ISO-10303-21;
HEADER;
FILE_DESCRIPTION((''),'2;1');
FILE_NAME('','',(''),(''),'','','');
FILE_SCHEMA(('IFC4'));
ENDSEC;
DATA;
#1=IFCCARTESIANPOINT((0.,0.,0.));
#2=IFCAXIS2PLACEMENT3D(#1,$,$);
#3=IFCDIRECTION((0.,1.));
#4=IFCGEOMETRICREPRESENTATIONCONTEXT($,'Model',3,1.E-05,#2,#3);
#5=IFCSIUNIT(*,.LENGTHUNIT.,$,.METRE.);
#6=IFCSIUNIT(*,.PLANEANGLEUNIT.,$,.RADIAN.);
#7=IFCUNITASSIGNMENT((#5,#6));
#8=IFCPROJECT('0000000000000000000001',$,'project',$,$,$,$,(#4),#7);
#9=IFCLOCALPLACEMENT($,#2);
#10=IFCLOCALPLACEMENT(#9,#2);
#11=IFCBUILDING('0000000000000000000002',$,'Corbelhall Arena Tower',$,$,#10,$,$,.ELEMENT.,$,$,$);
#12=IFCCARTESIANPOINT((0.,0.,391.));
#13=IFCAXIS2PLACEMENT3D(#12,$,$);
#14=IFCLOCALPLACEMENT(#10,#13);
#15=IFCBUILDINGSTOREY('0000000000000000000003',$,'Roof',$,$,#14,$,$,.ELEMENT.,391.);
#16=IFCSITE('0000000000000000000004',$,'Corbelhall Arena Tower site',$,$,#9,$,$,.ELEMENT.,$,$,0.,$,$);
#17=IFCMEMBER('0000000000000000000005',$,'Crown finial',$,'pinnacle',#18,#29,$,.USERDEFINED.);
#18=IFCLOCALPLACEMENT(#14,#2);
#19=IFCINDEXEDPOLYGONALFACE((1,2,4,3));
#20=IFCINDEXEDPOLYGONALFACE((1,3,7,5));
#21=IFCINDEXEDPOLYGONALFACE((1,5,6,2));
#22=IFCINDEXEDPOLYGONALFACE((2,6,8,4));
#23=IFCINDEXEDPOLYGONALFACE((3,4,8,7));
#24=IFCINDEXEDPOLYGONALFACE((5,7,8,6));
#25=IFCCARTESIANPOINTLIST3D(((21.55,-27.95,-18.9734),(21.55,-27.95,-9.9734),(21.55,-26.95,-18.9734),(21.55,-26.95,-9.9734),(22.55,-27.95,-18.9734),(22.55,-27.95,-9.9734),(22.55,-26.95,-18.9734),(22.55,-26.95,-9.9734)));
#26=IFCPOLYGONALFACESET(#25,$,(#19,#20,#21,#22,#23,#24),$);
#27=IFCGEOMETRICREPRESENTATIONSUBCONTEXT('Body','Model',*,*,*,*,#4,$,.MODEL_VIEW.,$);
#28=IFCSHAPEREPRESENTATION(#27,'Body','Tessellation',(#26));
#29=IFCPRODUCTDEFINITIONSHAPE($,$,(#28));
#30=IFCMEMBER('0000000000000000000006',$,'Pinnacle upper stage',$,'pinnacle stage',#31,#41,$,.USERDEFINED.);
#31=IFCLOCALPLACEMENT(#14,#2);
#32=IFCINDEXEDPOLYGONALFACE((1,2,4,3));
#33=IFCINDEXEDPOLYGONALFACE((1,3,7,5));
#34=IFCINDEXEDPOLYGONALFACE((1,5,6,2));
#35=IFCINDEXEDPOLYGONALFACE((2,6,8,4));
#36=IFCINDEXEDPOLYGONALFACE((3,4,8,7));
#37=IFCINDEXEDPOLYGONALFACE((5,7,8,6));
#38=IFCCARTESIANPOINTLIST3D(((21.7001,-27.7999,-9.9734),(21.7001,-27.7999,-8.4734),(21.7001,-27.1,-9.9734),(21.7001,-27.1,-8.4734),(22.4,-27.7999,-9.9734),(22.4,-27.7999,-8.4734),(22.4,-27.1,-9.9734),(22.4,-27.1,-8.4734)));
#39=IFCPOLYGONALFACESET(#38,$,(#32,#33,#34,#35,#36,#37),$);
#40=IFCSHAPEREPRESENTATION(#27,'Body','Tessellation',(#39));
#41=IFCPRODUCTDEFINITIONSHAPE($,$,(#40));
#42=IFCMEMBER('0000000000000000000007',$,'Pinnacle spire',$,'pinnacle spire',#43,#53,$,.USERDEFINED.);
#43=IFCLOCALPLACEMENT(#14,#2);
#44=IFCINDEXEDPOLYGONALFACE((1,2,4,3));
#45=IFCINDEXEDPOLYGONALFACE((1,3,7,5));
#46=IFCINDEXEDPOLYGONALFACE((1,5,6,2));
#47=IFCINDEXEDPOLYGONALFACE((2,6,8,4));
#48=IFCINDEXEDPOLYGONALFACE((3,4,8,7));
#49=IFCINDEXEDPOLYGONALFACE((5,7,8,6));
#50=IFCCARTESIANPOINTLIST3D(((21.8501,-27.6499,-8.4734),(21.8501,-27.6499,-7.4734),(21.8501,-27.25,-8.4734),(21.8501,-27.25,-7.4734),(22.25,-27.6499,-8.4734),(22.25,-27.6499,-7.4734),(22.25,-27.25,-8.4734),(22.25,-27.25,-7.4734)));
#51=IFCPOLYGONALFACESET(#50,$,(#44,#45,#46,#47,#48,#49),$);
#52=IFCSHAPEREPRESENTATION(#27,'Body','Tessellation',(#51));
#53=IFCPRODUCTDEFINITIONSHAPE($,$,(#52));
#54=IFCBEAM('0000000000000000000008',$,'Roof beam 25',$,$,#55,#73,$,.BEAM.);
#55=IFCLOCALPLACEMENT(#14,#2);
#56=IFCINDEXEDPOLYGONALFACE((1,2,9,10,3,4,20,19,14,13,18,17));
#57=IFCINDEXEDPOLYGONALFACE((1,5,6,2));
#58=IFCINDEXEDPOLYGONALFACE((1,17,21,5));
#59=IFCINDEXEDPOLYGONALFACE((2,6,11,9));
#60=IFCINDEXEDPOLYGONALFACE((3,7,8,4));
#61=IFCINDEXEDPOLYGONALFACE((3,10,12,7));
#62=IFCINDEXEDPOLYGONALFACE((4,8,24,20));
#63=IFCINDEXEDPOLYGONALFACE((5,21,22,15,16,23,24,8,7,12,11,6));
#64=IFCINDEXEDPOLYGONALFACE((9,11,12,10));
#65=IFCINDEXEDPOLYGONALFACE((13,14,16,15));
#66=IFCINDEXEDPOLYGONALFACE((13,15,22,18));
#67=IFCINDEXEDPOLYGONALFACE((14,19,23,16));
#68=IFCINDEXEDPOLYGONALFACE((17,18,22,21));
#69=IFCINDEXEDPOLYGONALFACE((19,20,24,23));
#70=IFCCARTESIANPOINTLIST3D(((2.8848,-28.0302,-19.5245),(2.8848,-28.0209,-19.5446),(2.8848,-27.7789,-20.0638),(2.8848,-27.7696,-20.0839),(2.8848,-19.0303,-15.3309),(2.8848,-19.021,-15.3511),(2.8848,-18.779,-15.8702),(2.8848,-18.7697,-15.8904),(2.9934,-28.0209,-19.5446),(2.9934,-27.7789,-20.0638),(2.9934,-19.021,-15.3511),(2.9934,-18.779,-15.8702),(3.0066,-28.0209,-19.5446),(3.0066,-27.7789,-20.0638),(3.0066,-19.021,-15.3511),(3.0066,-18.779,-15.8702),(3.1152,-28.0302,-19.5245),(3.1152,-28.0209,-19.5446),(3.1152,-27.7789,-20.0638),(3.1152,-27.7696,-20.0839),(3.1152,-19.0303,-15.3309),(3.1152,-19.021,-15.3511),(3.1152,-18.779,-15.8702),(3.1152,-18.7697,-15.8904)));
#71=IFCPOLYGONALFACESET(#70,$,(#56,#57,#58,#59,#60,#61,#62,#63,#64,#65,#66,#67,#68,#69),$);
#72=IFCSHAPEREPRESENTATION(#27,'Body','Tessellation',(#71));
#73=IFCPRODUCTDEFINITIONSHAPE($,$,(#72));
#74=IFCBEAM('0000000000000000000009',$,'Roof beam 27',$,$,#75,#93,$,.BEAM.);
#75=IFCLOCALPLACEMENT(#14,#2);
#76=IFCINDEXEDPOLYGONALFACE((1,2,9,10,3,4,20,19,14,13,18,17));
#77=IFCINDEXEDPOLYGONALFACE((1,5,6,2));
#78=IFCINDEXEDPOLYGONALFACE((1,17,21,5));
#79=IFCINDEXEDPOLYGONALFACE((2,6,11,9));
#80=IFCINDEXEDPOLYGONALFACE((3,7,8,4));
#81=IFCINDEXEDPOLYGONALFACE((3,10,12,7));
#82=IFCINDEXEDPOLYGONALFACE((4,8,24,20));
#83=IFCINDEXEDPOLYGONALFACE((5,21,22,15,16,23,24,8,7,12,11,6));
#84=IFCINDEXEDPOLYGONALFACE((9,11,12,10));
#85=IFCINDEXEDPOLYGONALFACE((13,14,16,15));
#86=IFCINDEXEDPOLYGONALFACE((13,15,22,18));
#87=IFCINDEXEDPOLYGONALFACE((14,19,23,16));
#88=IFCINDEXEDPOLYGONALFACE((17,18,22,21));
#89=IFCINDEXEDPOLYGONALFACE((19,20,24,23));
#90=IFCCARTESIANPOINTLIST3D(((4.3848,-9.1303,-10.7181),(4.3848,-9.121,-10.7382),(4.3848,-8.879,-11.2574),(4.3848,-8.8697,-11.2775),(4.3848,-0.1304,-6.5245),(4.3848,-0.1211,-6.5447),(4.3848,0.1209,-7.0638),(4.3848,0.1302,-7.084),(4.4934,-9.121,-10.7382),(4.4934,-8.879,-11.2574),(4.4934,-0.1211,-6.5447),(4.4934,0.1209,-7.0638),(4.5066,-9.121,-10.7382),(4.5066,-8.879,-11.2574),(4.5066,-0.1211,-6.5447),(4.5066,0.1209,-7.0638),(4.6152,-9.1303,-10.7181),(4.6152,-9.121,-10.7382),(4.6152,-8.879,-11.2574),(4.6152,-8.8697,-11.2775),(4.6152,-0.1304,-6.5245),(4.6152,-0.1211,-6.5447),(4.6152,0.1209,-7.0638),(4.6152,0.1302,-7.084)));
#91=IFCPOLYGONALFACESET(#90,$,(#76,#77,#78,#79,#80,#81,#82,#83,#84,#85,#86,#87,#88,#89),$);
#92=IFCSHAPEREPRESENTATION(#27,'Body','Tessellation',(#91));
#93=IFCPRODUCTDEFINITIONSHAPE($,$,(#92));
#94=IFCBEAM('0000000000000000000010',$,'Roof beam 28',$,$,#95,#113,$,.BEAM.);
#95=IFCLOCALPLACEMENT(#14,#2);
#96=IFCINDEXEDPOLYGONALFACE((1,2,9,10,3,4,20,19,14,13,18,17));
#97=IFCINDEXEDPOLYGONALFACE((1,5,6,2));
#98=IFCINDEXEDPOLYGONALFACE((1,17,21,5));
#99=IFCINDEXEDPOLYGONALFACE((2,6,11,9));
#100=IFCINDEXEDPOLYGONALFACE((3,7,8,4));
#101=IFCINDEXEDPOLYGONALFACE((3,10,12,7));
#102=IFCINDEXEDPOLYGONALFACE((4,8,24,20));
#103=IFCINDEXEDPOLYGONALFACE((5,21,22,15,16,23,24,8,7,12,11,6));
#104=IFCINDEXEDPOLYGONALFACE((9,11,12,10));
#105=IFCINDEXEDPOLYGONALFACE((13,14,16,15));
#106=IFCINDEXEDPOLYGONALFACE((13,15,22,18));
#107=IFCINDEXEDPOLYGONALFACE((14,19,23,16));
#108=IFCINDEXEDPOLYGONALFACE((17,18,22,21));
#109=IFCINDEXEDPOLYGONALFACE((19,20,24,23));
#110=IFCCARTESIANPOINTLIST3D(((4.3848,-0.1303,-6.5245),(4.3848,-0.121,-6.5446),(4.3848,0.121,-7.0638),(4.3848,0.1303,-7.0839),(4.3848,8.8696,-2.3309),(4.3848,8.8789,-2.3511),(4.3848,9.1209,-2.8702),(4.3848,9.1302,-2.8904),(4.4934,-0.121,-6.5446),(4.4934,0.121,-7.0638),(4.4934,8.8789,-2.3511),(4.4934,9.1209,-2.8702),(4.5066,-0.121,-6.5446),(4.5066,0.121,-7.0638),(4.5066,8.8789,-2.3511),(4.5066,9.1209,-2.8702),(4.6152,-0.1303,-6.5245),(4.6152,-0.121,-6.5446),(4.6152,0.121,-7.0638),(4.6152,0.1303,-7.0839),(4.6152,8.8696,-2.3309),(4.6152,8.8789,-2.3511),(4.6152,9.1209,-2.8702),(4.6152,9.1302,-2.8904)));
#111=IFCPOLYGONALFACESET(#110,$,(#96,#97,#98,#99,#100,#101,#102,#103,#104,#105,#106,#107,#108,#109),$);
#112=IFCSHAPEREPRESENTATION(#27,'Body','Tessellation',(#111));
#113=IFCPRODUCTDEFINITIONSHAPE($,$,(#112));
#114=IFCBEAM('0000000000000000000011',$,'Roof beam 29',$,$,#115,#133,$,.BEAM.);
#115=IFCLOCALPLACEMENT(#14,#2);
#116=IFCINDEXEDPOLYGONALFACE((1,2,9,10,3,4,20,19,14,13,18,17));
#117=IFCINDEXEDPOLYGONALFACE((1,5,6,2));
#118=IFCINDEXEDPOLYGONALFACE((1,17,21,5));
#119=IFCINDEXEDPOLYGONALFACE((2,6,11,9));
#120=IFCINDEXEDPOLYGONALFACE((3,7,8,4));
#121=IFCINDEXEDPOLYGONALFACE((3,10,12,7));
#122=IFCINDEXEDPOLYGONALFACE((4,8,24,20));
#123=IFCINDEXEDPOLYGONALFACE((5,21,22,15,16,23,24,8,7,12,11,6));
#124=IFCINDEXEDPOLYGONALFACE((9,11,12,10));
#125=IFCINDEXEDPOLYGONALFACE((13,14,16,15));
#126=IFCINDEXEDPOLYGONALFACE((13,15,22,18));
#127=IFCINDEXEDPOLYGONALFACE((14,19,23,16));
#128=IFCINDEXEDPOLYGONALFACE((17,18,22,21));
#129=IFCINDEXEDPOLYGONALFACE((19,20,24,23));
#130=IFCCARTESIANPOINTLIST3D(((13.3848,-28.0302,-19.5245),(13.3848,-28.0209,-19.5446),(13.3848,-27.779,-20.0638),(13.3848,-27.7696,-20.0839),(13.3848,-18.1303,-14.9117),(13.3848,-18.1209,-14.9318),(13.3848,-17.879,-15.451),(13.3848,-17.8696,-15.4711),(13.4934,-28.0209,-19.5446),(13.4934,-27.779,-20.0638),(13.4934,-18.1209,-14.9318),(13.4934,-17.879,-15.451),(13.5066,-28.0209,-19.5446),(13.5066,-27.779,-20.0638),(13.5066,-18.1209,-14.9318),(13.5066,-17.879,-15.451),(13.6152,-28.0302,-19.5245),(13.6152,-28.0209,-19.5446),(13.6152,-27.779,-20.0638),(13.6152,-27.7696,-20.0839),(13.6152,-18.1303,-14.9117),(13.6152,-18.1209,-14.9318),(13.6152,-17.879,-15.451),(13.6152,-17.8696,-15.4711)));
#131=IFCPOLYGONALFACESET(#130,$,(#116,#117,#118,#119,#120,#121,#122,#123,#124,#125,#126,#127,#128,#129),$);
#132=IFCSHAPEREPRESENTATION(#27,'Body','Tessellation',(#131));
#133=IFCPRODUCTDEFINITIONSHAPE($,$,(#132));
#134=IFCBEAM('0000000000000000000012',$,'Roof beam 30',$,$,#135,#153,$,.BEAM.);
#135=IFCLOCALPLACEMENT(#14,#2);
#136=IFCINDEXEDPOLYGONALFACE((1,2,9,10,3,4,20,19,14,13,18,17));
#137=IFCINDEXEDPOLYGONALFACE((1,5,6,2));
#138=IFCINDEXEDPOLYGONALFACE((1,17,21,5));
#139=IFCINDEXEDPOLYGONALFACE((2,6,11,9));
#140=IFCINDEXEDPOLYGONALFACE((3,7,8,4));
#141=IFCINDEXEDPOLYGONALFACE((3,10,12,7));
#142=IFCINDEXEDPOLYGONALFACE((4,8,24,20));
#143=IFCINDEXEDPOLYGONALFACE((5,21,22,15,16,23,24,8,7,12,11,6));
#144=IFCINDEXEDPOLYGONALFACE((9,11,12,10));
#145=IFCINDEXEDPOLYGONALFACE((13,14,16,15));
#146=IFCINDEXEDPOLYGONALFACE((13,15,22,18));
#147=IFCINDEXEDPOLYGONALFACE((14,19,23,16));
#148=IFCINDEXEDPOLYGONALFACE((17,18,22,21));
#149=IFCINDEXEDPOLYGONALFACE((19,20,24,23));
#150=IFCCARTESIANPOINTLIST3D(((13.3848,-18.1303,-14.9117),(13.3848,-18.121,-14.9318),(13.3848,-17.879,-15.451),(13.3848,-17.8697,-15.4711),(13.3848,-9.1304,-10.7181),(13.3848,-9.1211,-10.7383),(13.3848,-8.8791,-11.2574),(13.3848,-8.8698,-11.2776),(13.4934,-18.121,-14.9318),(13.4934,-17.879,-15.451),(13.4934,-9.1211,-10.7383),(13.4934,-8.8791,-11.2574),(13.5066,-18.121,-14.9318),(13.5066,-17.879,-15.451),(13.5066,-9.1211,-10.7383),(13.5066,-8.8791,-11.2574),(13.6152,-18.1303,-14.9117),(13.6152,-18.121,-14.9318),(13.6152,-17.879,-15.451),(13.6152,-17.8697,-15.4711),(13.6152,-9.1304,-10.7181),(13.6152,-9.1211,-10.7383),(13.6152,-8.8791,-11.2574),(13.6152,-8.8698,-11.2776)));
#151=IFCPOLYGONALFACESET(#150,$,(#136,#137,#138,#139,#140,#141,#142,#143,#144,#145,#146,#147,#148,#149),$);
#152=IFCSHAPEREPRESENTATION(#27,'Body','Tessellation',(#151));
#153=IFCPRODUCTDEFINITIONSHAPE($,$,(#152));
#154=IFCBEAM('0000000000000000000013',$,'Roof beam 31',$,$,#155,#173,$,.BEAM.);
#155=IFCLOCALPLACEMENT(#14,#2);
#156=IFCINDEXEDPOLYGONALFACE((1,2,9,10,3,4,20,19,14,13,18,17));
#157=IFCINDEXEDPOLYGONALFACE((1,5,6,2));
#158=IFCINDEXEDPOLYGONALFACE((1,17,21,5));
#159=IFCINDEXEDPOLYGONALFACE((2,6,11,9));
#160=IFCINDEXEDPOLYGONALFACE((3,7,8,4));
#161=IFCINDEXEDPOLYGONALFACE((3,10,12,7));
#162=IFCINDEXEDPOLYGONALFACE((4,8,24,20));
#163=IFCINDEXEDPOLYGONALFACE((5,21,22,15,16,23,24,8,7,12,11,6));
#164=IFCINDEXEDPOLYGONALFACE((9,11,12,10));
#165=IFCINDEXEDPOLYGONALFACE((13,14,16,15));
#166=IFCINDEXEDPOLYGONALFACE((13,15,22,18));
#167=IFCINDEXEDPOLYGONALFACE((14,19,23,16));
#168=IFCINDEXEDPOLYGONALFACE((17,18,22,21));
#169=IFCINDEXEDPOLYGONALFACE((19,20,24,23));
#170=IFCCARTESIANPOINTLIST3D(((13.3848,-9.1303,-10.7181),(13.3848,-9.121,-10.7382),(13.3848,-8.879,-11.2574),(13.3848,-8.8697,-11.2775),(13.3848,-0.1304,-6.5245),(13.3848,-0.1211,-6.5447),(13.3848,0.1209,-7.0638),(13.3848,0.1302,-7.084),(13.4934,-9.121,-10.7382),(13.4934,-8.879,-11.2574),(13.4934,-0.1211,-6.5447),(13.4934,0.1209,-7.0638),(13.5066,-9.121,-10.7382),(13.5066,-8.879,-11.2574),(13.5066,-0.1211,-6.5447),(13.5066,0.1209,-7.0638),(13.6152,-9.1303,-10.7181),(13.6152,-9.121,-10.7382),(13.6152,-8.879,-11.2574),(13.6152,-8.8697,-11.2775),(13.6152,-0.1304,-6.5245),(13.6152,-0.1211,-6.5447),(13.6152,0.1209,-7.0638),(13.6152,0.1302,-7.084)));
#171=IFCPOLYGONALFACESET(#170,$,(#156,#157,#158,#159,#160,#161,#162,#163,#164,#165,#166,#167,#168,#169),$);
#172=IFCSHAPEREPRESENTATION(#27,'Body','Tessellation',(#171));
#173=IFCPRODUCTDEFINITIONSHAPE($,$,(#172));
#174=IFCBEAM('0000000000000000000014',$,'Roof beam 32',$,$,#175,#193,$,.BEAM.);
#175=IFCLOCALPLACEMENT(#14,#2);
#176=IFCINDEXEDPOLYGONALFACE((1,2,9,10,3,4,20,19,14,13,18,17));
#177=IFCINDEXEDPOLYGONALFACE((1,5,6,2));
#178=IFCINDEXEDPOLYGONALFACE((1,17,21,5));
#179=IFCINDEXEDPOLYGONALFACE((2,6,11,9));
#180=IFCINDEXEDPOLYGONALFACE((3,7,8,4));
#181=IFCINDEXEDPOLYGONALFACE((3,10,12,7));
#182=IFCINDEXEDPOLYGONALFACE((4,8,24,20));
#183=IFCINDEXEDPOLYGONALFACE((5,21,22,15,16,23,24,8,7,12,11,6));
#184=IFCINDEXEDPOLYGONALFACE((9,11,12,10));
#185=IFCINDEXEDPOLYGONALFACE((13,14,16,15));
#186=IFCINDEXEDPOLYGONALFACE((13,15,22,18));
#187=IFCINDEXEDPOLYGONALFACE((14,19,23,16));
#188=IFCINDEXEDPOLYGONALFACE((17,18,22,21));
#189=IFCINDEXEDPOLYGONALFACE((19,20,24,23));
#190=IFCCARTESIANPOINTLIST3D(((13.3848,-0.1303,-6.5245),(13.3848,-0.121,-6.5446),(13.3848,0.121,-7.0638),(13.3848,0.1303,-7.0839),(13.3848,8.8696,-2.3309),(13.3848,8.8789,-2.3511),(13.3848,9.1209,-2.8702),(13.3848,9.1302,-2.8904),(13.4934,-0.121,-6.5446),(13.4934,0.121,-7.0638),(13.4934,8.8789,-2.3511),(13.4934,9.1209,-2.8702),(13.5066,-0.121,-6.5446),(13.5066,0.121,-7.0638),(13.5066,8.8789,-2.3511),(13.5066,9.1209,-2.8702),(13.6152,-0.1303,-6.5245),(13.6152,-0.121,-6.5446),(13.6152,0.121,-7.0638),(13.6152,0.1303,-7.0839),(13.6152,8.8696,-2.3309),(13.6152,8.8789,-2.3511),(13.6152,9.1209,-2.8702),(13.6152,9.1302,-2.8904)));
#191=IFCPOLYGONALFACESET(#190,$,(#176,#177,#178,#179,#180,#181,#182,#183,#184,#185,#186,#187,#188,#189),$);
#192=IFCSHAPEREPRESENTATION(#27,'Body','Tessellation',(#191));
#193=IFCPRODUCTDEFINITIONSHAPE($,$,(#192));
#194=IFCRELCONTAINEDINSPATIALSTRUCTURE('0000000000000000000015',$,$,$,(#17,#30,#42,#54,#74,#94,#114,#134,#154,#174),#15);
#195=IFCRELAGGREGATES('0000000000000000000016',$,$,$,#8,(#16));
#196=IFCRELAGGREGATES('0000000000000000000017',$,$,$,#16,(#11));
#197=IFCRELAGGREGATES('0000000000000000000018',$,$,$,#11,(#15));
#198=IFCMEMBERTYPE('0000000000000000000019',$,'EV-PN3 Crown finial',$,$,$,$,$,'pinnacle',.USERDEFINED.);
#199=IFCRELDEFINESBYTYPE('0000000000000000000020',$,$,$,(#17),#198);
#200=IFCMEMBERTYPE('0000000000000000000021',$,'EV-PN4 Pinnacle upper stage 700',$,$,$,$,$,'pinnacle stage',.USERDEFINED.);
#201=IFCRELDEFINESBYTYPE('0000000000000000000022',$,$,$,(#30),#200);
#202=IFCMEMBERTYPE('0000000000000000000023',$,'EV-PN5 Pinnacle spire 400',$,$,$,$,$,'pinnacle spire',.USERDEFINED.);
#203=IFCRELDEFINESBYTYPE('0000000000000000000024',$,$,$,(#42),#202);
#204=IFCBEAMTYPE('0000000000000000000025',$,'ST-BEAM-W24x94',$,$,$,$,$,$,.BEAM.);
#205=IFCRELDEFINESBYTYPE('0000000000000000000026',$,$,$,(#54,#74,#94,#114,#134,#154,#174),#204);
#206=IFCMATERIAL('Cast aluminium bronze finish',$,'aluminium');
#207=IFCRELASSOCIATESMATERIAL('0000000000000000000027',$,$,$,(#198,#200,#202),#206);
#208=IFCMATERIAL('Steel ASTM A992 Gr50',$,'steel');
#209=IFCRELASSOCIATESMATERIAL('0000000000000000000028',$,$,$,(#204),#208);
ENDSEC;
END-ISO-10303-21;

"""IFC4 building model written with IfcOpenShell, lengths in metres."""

from ifc_helpers import new_model, si_unit, direction, frame, origin, origin_2d, place, context, subcontext, project, spatial, rectangle, i_section, extrude, material, material_profile, profile_set, type_object, element, save


model = new_model("IFC4")

# Units and contexts
model_context = context("Model", 3, precision=1e-05, world=origin(), true_north=direction((0.0, 1.0)))
body_context = subcontext(model_context, "Body", "Model", "MODEL_VIEW")
ifc_project = project(units=[si_unit("LENGTHUNIT", "METRE"), si_unit("PLANEANGLEUNIT", "RADIAN")], contexts=[model_context])

# Site, building, storey
site_placement = place(None, origin())
site = spatial("IfcSite", under=ifc_project, at=site_placement, Name="Corbelhall Arena Tower site", CompositionType="ELEMENT", RefElevation=0.0)
building_placement = place(site_placement, origin())
building = spatial("IfcBuilding", under=site, at=building_placement, Name="Corbelhall Arena Tower", CompositionType="ELEMENT")
storey_placement = place(building_placement, frame((0.0, 0.0, 391.0)))
storey = spatial("IfcBuildingStorey", under=building, at=storey_placement, Name="Roof", CompositionType="ELEMENT", Elevation=391.0)

# Members
ifc_material_1 = material(Name="Cast aluminium bronze finish", Category="aluminium")
ifc_material_profile_1 = material_profile(ifc_material_1, rectangle(XDim=1.0, YDim=1.0, at=origin_2d()))
ifc_profile_set_1 = profile_set([ifc_material_profile_1], Name="Cast aluminium bronze finish")
member_type_1 = type_object("IfcMemberType", Name="EV-PN3 Crown finial", ElementType="pinnacle", PredefinedType="USERDEFINED", material=ifc_profile_set_1)
member_1_placement = place(storey_placement, frame((22.05, -27.45, -18.9734), z_axis=(0.0, 0.0, 1.0), x_axis=(1.0, 0.0, 0.0)))
element("IfcMember", 1, at=member_1_placement, inside=storey, type_object=member_type_1, Name="Crown finial", ObjectType="pinnacle", PredefinedType="USERDEFINED", context=body_context, shape_type="SweptSolid", body=[
    extrude(rectangle(XDim=1.0, YDim=1.0, at=origin_2d()), origin(), (0.0, 0.0, 1.0), 9.0),
])
ifc_material_profile_2 = material_profile(ifc_material_1, rectangle(XDim=0.7, YDim=0.7, at=origin_2d()))
ifc_profile_set_2 = profile_set([ifc_material_profile_2], Name="Cast aluminium bronze finish")
member_type_2 = type_object("IfcMemberType", Name="EV-PN4 Pinnacle upper stage 700", ElementType="pinnacle stage", PredefinedType="USERDEFINED", material=ifc_profile_set_2)
member_2_placement = place(storey_placement, frame((22.05, -27.45, -9.9734), z_axis=(0.0, 0.0, 1.0), x_axis=(1.0, 0.0, 0.0)))
element("IfcMember", 2, at=member_2_placement, inside=storey, type_object=member_type_2, Name="Pinnacle upper stage", ObjectType="pinnacle stage", PredefinedType="USERDEFINED", context=body_context, shape_type="SweptSolid", body=[
    extrude(rectangle(XDim=0.7, YDim=0.7, at=origin_2d()), origin(), (0.0, 0.0, 1.0), 1.5),
])
ifc_material_profile_3 = material_profile(ifc_material_1, rectangle(XDim=0.3999, YDim=0.3999, at=origin_2d()))
ifc_profile_set_3 = profile_set([ifc_material_profile_3], Name="Cast aluminium bronze finish")
member_type_3 = type_object("IfcMemberType", Name="EV-PN5 Pinnacle spire 400", ElementType="pinnacle spire", PredefinedType="USERDEFINED", material=ifc_profile_set_3)
member_3_placement = place(storey_placement, frame((22.05, -27.45, -8.4734), z_axis=(0.0, 0.0, 1.0), x_axis=(1.0, 0.0, 0.0)))
element("IfcMember", 3, at=member_3_placement, inside=storey, type_object=member_type_3, Name="Pinnacle spire", ObjectType="pinnacle spire", PredefinedType="USERDEFINED", context=body_context, shape_type="SweptSolid", body=[
    extrude(rectangle(XDim=0.3999, YDim=0.3999, at=origin_2d()), origin(), (0.0, 0.0, 1.0), 1.0),
])

# Beams
ifc_material_2 = material(Name="Steel ASTM A992 Gr50", Category="steel")
ifc_material_profile_4 = material_profile(ifc_material_2, i_section(OverallWidth=0.2305, OverallDepth=0.6172, WebThickness=0.0132, FlangeThickness=0.0222, at=origin_2d()))
ifc_profile_set_4 = profile_set([ifc_material_profile_4], Name="Steel ASTM A992 Gr50")
beam_type = type_object("IfcBeamType", Name="ST-BEAM-W24x94", PredefinedType="BEAM", material=ifc_profile_set_4)
for number, where, z_axis, x_axis, name in (
    (4, (3.0, -27.8999, -19.8042), (0.0, 0.90643, 0.422356), (-1.0, 0.0, 0.0), "Roof beam 25"),
    (5, (4.5, -9.0, -10.9978), (0.0, 0.90643, 0.422356), (-1.0, 0.0, 0.0), "Roof beam 27"),
    (6, (4.5, 0.0, -6.8042), (0.0, 0.90643, 0.422356), (-1.0, 0.0, 0.0), "Roof beam 28"),
):
    element("IfcBeam", number, at=place(storey_placement, frame(where, z_axis=z_axis, x_axis=x_axis)), inside=storey, type_object=beam_type, Name=name, PredefinedType="BEAM", context=body_context, shape_type="SweptSolid", body=[
        extrude(i_section(OverallWidth=0.2305, OverallDepth=0.6172, WebThickness=0.0132, FlangeThickness=0.0222, at=origin_2d()), origin(), (0.0, 0.0, 1.0), 9.929),
    ])
beam_1_placement = place(storey_placement, frame((13.5, -27.8999, -19.8042), z_axis=(0.0, 0.906434, 0.422347), x_axis=(-1.0, 0.0, 0.0)))
element("IfcBeam", 7, at=beam_1_placement, inside=storey, type_object=beam_type, Name="Roof beam 29", PredefinedType="BEAM", context=body_context, shape_type="SweptSolid", body=[
    extrude(i_section(OverallWidth=0.2305, OverallDepth=0.6172, WebThickness=0.0132, FlangeThickness=0.0222, at=origin_2d()), origin(), (0.0, 0.0, 1.0), 10.9219),
])
for number, where, z_axis, x_axis, name in (
    (8, (13.5, -18.0, -15.1914), (0.0, 0.90643, 0.422356), (-1.0, 0.0, 0.0), "Roof beam 30"),
    (9, (13.5, -9.0, -10.9978), (0.0, 0.90643, 0.422356), (-1.0, 0.0, 0.0), "Roof beam 31"),
    (10, (13.5, 0.0, -6.8042), (0.0, 0.90643, 0.422356), (-1.0, 0.0, 0.0), "Roof beam 32"),
):
    element("IfcBeam", number, at=place(storey_placement, frame(where, z_axis=z_axis, x_axis=x_axis)), inside=storey, type_object=beam_type, Name=name, PredefinedType="BEAM", context=body_context, shape_type="SweptSolid", body=[
        extrude(i_section(OverallWidth=0.2305, OverallDepth=0.6172, WebThickness=0.0132, FlangeThickness=0.0222, at=origin_2d()), origin(), (0.0, 0.0, 1.0), 9.929),
    ])

save(model, "model.ifc")
